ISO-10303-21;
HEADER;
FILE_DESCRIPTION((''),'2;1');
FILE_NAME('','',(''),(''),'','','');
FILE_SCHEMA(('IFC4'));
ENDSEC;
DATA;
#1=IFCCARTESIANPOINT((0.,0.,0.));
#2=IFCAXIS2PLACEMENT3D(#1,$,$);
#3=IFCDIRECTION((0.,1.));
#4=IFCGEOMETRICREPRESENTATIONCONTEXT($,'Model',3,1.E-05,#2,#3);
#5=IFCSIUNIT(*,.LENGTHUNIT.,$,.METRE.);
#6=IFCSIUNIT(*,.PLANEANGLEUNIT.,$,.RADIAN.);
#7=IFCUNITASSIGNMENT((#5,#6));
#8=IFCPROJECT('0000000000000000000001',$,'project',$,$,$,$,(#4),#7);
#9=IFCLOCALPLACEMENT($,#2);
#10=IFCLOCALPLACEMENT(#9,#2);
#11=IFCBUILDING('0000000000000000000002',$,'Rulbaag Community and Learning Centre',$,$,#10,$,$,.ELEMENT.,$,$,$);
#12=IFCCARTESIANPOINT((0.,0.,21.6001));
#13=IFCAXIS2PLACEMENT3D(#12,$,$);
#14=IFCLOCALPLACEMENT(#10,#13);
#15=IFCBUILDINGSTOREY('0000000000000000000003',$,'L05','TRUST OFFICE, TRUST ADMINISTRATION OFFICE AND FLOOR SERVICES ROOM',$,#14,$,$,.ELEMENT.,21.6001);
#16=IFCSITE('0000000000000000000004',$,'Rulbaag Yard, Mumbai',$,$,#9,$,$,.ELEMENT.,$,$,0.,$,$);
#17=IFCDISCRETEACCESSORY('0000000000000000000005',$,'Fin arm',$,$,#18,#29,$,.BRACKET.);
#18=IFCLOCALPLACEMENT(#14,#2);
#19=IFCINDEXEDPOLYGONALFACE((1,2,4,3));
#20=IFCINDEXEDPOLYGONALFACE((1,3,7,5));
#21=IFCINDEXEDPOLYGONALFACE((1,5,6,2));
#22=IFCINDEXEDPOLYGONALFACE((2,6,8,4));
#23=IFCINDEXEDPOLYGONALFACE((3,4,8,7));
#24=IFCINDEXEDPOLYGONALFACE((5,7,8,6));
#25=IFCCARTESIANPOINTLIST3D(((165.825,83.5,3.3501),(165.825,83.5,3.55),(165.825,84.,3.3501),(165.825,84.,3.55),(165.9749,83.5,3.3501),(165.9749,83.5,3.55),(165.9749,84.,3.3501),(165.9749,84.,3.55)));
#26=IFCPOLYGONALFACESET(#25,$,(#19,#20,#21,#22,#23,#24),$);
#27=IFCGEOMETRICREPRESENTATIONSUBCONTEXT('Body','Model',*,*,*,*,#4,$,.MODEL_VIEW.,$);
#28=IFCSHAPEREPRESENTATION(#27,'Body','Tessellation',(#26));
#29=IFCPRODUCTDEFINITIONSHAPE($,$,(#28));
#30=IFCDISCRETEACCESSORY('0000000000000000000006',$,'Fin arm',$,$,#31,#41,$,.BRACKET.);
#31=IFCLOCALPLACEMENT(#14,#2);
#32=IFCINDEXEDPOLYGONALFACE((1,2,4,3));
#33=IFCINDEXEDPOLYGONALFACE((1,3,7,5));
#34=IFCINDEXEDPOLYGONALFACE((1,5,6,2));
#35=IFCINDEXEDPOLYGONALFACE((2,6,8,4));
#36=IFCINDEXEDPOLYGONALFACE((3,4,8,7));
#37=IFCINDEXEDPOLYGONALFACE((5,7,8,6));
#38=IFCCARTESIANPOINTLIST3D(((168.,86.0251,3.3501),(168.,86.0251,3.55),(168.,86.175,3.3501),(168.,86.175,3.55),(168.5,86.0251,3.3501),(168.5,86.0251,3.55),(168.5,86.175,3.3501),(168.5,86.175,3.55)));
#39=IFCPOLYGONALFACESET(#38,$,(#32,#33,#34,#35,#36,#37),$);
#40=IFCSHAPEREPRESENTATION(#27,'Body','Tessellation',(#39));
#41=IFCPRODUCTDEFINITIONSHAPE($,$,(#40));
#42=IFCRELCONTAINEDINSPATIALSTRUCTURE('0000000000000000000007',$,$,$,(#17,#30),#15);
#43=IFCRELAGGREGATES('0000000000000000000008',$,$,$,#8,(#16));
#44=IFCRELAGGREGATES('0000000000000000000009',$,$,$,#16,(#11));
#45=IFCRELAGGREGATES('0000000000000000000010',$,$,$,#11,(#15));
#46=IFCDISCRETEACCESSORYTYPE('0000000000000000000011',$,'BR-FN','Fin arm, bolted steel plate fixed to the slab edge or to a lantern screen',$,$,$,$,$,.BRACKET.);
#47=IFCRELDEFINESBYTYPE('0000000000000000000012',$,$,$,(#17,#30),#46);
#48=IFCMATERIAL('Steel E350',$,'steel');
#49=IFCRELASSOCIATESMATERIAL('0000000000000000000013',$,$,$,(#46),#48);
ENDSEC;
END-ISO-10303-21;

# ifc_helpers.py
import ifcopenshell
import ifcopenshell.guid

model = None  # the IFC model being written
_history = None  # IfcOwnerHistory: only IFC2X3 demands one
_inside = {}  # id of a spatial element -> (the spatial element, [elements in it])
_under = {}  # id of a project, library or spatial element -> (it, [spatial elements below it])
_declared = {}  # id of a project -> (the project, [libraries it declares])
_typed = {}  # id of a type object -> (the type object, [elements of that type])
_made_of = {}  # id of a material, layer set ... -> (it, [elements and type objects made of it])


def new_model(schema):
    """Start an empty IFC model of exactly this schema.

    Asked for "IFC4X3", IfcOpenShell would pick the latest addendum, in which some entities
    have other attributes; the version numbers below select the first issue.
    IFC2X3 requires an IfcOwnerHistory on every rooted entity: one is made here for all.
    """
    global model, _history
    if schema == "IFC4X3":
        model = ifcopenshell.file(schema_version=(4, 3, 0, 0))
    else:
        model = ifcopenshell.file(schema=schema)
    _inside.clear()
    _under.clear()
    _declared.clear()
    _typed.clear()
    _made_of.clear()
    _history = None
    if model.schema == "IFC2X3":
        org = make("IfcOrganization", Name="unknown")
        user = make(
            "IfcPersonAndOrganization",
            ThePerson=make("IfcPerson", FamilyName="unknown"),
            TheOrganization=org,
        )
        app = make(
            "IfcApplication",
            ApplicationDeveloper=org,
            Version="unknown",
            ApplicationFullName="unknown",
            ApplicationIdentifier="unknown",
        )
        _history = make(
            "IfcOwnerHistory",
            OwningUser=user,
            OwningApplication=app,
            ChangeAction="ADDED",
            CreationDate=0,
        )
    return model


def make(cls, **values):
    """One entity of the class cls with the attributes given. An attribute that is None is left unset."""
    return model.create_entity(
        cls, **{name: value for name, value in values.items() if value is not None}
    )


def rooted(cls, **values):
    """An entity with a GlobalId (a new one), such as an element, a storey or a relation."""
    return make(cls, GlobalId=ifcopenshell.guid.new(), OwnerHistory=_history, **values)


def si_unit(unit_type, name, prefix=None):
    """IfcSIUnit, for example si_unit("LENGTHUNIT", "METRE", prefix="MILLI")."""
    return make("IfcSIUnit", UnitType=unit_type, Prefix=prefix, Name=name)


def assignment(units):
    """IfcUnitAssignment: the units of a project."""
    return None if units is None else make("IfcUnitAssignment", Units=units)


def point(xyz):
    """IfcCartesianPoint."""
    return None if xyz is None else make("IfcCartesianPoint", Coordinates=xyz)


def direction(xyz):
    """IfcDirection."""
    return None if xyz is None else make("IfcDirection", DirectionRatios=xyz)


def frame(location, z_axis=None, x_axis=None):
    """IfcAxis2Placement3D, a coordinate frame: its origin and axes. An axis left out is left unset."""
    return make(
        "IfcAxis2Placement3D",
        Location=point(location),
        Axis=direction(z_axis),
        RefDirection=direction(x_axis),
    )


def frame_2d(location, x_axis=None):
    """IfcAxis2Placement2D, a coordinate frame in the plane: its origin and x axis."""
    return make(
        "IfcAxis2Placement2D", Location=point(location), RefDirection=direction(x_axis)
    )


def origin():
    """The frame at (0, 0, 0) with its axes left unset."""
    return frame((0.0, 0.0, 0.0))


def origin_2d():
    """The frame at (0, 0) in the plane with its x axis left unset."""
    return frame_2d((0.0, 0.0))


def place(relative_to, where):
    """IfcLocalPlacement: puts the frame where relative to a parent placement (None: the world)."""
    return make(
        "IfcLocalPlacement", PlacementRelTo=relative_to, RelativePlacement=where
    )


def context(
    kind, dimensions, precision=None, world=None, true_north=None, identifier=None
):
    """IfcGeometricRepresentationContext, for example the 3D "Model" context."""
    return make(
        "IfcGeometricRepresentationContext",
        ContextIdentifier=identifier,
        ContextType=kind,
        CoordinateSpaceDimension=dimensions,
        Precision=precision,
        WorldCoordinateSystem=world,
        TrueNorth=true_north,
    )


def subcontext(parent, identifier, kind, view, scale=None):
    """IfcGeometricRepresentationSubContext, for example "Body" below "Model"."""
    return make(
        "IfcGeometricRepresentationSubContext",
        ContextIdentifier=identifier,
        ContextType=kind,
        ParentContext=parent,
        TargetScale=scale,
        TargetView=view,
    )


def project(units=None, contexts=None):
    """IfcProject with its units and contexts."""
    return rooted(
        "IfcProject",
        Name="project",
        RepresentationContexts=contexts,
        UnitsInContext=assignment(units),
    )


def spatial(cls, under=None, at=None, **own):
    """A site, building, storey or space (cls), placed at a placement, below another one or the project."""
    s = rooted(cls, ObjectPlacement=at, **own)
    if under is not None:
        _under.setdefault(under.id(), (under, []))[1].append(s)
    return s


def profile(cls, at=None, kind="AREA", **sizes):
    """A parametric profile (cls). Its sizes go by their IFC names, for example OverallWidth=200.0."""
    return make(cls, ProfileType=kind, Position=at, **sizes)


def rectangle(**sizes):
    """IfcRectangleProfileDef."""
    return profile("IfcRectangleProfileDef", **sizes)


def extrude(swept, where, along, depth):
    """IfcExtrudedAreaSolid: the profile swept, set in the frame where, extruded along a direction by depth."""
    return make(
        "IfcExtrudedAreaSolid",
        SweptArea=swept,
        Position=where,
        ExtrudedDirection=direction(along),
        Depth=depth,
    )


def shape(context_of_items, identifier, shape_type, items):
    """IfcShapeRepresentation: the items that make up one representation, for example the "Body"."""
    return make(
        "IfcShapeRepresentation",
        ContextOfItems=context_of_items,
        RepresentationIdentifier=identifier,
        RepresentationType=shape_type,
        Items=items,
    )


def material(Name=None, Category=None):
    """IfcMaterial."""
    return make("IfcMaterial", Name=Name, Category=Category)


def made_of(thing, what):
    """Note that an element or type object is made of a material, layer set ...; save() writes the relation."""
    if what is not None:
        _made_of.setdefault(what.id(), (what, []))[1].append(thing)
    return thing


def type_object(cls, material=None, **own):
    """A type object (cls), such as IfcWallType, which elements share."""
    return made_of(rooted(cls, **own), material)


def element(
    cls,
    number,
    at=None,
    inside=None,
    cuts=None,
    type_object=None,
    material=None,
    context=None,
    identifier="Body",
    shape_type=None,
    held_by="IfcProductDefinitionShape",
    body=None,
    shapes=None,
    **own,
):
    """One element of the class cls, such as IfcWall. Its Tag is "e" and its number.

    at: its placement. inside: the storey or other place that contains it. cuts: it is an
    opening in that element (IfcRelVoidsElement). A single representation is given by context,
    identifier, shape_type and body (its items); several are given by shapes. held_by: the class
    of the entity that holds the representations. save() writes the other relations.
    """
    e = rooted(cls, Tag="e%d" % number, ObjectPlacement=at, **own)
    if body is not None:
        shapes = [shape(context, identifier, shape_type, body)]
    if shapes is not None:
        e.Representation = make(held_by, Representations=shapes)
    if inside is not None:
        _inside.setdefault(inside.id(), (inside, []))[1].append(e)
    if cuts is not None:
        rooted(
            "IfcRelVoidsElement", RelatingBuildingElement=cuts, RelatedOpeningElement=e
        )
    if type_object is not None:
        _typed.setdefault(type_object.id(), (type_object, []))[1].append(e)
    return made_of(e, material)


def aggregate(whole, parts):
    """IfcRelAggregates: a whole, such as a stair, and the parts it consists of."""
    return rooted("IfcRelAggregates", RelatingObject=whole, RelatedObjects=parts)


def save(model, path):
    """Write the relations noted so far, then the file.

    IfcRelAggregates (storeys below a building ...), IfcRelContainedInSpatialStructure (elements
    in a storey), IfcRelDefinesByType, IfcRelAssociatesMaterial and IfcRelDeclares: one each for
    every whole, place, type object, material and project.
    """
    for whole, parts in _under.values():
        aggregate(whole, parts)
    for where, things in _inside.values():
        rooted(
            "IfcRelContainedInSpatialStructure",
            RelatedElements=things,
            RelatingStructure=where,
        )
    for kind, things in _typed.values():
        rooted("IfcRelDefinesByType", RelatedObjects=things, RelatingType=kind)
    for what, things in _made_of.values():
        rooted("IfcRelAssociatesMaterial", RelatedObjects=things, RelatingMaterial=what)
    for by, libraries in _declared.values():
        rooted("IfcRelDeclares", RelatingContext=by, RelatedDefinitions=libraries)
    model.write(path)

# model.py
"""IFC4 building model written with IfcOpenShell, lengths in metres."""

from ifc_helpers import new_model, si_unit, direction, frame, origin, origin_2d, place, context, subcontext, project, spatial, rectangle, extrude, material, type_object, element, save


model = new_model("IFC4")

# Units and contexts
model_context = context("Model", 3, precision=1e-05, world=origin(), true_north=direction((0.0, 1.0)))
body_context = subcontext(model_context, "Body", "Model", "MODEL_VIEW")
ifc_project = project(units=[si_unit("LENGTHUNIT", "METRE"), si_unit("PLANEANGLEUNIT", "RADIAN")], contexts=[model_context])

# Site, building, storey
site_placement = place(None, origin())
site = spatial("IfcSite", under=ifc_project, at=site_placement, Name="Rulbaag Yard, Mumbai", CompositionType="ELEMENT", RefElevation=0.0)
building_placement = place(site_placement, origin())
building = spatial("IfcBuilding", under=site, at=building_placement, Name="Rulbaag Community and Learning Centre", CompositionType="ELEMENT")
storey_placement = place(building_placement, frame((0.0, 0.0, 21.6001)))
storey = spatial("IfcBuildingStorey", under=building, at=storey_placement, Name="L05", Description="TRUST OFFICE, TRUST ADMINISTRATION OFFICE AND FLOOR SERVICES ROOM", CompositionType="ELEMENT", Elevation=21.6001)

# Discrete accessories
ifc_material_1 = material(Name="Steel E350", Category="steel")
discrete_accessory_type = type_object("IfcDiscreteAccessoryType", Name="BR-FN", Description="Fin arm, bolted steel plate fixed to the slab edge or to a lantern screen", PredefinedType="BRACKET", material=ifc_material_1)
discrete_accessory_1_placement = place(storey_placement, frame((165.8999, 83.75, 3.3501), z_axis=(0.0, 0.0, 1.0), x_axis=(1.0, 0.0, 0.0)))
element("IfcDiscreteAccessory", 1, at=discrete_accessory_1_placement, inside=storey, type_object=discrete_accessory_type, Name="Fin arm", PredefinedType="BRACKET", context=body_context, shape_type="SweptSolid", body=[
    extrude(rectangle(XDim=0.1499, YDim=0.5, at=origin_2d()), origin(), (0.0, 0.0, 1.0), 0.2),
])
discrete_accessory_2_placement = place(storey_placement, frame((168.25, 86.1001, 3.3501), z_axis=(0.0, 0.0, 1.0), x_axis=(1.0, 0.0, 0.0)))
element("IfcDiscreteAccessory", 2, at=discrete_accessory_2_placement, inside=storey, type_object=discrete_accessory_type, Name="Fin arm", PredefinedType="BRACKET", context=body_context, shape_type="SweptSolid", body=[
    extrude(rectangle(XDim=0.5, YDim=0.1499, at=origin_2d()), origin(), (0.0, 0.0, 1.0), 0.2),
])

save(model, "model.ifc")
